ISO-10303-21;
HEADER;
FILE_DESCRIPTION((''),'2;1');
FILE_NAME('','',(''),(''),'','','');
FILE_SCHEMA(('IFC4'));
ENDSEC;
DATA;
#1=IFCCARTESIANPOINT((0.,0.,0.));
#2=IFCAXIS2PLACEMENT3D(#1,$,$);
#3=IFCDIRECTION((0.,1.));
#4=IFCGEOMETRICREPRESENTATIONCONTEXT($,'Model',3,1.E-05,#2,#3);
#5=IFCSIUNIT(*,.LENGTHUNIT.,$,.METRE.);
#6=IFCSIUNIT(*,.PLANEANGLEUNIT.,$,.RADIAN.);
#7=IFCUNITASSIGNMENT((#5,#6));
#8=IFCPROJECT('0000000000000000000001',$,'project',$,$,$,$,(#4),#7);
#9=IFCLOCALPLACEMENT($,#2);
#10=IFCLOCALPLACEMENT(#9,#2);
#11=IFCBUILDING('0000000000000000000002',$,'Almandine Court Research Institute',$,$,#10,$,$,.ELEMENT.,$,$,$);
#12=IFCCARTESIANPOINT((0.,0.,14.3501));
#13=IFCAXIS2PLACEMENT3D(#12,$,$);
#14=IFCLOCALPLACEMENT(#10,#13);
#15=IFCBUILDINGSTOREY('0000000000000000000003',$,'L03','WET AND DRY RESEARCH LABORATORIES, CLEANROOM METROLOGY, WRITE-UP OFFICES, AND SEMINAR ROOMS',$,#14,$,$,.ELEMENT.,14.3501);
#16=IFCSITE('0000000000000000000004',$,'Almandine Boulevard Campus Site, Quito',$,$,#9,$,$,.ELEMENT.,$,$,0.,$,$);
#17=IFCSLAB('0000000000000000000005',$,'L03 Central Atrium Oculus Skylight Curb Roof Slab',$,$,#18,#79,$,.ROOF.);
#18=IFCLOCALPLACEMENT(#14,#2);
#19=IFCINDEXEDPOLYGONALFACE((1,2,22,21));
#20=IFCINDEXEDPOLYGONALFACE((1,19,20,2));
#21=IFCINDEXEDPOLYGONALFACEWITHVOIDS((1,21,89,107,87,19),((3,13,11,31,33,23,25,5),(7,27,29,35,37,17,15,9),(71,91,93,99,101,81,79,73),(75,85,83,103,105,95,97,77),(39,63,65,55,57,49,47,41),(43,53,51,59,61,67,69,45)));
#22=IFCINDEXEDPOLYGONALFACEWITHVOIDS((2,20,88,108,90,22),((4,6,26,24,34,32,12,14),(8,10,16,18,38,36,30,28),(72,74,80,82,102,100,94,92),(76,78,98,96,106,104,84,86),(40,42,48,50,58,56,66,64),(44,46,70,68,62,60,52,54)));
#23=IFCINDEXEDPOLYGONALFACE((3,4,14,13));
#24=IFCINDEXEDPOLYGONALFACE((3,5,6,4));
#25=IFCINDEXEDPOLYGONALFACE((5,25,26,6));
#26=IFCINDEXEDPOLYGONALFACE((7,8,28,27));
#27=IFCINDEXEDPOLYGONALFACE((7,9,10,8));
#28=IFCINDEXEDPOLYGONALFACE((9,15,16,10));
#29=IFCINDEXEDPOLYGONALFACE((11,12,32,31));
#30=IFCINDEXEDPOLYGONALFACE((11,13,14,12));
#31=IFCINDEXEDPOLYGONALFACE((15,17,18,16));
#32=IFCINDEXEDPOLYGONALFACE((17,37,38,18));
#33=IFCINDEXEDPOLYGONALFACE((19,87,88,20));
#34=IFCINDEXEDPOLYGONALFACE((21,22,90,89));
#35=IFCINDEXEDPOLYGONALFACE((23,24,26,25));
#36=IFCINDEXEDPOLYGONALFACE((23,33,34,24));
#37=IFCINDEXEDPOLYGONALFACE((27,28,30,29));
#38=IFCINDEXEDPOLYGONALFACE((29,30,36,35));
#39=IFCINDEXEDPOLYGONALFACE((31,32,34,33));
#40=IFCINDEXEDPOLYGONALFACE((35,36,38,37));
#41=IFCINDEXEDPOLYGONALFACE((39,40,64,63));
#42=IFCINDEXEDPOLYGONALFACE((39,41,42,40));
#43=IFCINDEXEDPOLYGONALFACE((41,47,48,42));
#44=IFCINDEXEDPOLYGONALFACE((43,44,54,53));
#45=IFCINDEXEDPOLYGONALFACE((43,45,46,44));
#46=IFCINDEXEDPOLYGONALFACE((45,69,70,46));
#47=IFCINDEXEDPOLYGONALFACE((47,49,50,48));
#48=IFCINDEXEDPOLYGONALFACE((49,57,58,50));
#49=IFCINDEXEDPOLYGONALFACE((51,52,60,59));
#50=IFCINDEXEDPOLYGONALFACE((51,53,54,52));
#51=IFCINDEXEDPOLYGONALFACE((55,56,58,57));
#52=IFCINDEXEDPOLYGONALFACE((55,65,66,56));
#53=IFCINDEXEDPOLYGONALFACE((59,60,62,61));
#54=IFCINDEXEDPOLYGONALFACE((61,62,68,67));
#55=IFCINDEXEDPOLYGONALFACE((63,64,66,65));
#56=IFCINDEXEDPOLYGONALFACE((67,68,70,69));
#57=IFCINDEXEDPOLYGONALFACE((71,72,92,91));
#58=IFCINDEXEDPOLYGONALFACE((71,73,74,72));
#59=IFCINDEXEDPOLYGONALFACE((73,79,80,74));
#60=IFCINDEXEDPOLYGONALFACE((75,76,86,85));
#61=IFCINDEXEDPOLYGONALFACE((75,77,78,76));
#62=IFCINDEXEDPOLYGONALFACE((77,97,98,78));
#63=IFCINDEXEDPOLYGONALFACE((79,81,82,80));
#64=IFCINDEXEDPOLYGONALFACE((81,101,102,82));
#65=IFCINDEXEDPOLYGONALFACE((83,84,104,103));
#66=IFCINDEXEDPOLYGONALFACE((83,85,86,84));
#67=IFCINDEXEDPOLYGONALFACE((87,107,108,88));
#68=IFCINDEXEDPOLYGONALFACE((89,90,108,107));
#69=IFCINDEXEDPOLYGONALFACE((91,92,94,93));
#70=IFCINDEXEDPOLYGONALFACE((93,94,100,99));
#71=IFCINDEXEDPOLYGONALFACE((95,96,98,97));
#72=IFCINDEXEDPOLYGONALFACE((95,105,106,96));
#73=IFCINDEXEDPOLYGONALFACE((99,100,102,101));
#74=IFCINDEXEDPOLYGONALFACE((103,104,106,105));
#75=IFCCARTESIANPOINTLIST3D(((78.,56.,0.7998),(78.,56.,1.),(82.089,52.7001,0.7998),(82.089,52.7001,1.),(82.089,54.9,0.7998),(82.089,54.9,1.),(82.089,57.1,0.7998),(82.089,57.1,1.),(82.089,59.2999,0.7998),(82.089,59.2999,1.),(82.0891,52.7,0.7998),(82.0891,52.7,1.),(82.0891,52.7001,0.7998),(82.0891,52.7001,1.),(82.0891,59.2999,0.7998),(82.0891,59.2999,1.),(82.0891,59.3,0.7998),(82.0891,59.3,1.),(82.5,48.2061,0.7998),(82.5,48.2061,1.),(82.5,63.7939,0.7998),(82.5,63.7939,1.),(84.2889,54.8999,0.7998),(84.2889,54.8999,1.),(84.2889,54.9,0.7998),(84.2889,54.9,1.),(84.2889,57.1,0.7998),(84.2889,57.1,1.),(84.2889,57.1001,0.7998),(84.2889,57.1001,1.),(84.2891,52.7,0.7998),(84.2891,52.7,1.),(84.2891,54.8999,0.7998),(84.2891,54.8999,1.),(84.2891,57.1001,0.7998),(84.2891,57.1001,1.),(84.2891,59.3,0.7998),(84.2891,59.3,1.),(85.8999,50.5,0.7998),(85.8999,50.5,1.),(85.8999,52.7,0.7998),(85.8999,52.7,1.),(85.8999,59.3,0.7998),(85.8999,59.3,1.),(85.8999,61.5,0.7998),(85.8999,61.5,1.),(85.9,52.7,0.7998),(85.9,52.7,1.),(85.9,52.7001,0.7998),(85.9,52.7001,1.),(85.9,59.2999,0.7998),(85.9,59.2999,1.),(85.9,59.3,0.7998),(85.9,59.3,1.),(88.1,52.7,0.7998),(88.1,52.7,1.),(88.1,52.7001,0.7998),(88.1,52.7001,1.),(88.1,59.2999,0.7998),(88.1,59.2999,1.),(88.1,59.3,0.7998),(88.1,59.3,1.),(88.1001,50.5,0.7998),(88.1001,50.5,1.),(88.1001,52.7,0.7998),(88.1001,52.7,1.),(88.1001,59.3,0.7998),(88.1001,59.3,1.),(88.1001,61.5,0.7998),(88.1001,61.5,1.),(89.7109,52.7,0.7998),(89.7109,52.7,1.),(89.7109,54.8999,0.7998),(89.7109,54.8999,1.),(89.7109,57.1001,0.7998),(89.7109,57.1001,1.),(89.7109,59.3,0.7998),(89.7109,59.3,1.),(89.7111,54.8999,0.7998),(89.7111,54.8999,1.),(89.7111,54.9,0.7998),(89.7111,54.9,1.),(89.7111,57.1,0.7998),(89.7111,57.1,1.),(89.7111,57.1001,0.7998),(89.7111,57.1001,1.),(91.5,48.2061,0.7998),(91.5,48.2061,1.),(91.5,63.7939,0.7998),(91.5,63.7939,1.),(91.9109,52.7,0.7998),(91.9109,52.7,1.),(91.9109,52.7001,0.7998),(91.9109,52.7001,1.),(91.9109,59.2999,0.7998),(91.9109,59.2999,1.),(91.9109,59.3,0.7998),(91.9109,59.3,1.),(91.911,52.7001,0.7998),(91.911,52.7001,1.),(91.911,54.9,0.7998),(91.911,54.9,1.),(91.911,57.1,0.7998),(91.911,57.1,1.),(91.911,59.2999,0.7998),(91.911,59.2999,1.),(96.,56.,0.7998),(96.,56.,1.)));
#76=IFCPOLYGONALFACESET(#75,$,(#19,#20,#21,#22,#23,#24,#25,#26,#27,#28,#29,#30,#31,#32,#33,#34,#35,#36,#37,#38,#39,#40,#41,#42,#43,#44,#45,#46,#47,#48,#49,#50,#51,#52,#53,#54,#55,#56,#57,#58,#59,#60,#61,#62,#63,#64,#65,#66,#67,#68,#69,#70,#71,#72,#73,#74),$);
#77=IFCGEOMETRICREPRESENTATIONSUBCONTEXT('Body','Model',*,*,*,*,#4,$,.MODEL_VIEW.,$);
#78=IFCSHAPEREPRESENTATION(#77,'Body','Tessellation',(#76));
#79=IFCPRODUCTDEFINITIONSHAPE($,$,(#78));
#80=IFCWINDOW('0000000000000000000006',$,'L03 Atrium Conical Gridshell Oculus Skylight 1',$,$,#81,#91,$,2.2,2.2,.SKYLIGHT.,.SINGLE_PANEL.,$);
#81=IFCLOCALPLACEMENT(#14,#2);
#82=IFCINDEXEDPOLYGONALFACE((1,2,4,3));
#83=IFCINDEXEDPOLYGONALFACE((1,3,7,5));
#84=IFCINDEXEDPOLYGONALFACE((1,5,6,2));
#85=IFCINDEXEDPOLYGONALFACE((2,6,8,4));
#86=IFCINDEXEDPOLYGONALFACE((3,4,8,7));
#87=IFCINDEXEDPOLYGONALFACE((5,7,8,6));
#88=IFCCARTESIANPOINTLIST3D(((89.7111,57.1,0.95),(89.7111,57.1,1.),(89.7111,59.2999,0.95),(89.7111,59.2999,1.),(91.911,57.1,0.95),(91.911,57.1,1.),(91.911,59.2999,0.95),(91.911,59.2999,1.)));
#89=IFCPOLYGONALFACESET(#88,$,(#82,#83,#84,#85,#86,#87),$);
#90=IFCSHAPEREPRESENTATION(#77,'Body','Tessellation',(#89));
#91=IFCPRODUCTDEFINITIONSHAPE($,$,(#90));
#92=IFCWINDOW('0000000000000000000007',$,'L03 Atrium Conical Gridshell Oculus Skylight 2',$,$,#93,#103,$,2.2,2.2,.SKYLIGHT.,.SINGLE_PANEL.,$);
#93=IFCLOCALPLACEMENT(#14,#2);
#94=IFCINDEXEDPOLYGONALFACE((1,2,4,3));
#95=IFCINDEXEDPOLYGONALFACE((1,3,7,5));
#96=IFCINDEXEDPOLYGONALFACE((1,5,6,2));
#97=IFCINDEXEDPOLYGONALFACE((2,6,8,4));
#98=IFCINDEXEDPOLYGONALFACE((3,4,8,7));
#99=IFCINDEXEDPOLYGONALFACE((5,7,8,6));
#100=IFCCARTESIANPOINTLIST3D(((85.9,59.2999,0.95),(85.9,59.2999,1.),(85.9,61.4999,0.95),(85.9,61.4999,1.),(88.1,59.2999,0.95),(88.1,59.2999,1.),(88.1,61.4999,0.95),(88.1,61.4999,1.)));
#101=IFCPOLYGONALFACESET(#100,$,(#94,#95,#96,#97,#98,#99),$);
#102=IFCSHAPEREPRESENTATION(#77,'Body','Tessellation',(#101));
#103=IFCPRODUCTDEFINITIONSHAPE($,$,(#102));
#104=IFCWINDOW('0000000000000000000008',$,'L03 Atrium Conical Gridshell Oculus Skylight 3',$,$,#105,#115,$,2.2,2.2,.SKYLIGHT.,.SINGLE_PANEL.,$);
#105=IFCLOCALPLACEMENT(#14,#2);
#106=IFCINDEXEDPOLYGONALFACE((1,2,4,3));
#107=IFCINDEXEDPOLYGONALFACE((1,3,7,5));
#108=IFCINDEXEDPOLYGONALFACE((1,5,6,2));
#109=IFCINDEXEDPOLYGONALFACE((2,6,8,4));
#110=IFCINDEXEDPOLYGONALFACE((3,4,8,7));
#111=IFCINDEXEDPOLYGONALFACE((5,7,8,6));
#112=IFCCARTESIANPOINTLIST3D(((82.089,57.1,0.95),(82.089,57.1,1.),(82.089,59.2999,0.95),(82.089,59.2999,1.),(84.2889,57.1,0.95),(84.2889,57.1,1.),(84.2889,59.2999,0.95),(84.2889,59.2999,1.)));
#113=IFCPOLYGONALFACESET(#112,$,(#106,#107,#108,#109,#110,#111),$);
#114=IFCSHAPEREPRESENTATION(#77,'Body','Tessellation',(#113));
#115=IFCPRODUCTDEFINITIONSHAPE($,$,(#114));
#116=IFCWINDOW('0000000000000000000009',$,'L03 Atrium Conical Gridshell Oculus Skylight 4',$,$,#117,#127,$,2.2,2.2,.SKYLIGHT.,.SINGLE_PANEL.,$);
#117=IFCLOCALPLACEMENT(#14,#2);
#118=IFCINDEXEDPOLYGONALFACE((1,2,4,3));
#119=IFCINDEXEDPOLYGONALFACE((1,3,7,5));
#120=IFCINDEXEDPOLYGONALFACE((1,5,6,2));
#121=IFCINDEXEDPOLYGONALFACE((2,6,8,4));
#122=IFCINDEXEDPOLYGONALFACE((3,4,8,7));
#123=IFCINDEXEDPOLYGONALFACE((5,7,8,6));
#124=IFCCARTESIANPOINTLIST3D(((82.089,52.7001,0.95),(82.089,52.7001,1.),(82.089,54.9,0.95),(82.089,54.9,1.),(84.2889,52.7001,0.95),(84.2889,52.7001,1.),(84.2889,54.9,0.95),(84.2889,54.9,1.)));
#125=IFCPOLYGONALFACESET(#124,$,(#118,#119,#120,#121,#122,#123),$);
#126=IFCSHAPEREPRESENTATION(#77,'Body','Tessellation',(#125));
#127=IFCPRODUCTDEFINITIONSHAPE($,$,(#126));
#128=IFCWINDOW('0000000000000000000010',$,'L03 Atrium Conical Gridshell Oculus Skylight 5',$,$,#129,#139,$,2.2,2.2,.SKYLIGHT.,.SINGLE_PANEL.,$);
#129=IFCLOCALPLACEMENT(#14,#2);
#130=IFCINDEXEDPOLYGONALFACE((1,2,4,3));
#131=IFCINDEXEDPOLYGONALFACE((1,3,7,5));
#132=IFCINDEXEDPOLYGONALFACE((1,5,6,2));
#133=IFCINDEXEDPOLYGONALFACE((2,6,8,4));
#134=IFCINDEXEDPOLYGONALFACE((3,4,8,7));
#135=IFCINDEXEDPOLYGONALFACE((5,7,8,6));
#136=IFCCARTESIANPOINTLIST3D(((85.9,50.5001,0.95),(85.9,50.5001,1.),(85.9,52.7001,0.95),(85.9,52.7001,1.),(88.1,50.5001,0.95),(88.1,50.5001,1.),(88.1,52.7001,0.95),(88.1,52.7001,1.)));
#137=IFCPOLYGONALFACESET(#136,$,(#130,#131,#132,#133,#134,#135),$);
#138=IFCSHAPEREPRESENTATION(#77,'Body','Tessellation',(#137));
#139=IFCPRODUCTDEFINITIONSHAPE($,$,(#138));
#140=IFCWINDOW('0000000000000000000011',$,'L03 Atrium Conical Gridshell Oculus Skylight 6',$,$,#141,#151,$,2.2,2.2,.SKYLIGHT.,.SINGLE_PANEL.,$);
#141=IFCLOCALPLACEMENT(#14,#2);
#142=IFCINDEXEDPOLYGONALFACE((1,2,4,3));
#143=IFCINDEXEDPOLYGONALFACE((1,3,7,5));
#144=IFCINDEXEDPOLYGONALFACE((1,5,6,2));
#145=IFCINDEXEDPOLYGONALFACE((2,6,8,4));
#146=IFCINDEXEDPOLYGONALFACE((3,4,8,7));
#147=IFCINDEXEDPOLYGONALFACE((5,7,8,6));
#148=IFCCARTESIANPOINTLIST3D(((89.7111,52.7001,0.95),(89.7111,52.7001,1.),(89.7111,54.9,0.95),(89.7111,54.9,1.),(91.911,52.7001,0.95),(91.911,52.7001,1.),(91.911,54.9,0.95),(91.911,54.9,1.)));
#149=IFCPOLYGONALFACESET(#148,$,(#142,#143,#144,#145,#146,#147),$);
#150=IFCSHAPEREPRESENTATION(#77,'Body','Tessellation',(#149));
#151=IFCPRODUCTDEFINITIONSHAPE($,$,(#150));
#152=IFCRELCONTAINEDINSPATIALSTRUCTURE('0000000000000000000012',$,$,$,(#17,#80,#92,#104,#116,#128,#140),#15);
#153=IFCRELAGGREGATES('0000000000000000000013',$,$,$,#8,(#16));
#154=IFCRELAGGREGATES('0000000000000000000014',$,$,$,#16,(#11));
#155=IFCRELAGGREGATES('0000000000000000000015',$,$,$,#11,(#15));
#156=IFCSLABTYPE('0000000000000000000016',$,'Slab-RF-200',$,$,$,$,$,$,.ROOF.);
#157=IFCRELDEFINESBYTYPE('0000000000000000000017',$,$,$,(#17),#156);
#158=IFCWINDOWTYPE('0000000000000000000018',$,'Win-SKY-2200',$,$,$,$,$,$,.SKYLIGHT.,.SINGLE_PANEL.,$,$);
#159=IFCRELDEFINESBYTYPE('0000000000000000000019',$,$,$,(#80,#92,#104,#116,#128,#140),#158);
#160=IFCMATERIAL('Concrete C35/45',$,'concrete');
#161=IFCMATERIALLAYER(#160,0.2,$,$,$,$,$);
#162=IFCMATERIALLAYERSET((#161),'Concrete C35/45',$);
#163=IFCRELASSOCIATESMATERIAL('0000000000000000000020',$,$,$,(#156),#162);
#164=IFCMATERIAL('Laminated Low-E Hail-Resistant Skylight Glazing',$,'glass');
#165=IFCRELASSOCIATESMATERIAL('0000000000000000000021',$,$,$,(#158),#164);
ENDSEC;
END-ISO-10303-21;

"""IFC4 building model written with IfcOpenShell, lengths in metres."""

from ifc_helpers import new_model, si_unit, direction, frame, origin, origin_2d, place, context, subcontext, project, spatial, polyline, rectangle, outline, extrude, material, layer, layer_set, type_object, element, fill, save


model = new_model("IFC4")

# Units and contexts
model_context = context("Model", 3, precision=1e-05, world=origin(), true_north=direction((0.0, 1.0)))
body_context = subcontext(model_context, "Body", "Model", "MODEL_VIEW")
ifc_project = project(units=[si_unit("LENGTHUNIT", "METRE"), si_unit("PLANEANGLEUNIT", "RADIAN")], contexts=[model_context])

# Site, building, storey
site_placement = place(None, origin())
site = spatial("IfcSite", under=ifc_project, at=site_placement, Name="Almandine Boulevard Campus Site, Quito", CompositionType="ELEMENT", RefElevation=0.0)
building_placement = place(site_placement, origin())
building = spatial("IfcBuilding", under=site, at=building_placement, Name="Almandine Court Research Institute", CompositionType="ELEMENT")
storey_placement = place(building_placement, frame((0.0, 0.0, 14.3501)))
storey = spatial("IfcBuildingStorey", under=building, at=storey_placement, Name="L03", Description="WET AND DRY RESEARCH LABORATORIES, CLEANROOM METROLOGY, WRITE-UP OFFICES, AND SEMINAR ROOMS", CompositionType="ELEMENT", Elevation=14.3501)

# Shared definitions
ifc_material_1 = material(Name="Concrete C35/45", Category="concrete")

# Slab, openings, windows
ifc_layer_1 = layer(ifc_material_1, 0.2)
ifc_layer_set_1 = layer_set([ifc_layer_1], Name="Concrete C35/45")
slab_type_1 = type_object("IfcSlabType", Name="Slab-RF-200", PredefinedType="ROOF", material=ifc_layer_set_1)
slab_1_placement = place(storey_placement, frame((0.0, 0.0, 0.7998)))
slab_1 = element("IfcSlab", 1, at=slab_1_placement, inside=storey, type_object=slab_type_1, Name="L03 Central Atrium Oculus Skylight Curb Roof Slab", PredefinedType="ROOF", context=body_context, shape_type="SweptSolid", body=[
    extrude(outline(polyline([(96.0, 56.0), (91.5, 63.7939), (82.5, 63.7939), (78.0, 56.0), (82.5, 48.2061), (91.5, 48.2061), (96.0, 56.0)]), holes=[polyline([(89.7109, 57.1001), (91.9109, 57.1001), (91.9109, 59.3), (89.7109, 59.3), (89.7109, 57.1001)]), polyline([(85.8999, 59.3), (88.1001, 59.3), (88.1001, 61.5), (85.8999, 61.5), (85.8999, 59.3)]), polyline([(82.0891, 57.1001), (84.2891, 57.1001), (84.2891, 59.3), (82.0891, 59.3), (82.0891, 57.1001)]), polyline([(82.0891, 52.7), (84.2891, 52.7), (84.2891, 54.8999), (82.0891, 54.8999), (82.0891, 52.7)]), polyline([(85.8999, 50.5), (88.1001, 50.5), (88.1001, 52.7), (85.8999, 52.7), (85.8999, 50.5)]), polyline([(89.7109, 52.7), (91.9109, 52.7), (91.9109, 54.8999), (89.7109, 54.8999), (89.7109, 52.7)])]), origin(), (0.0, 0.0, 1.0), 0.2002),
])
opening_1_placement = place(slab_1_placement, frame((90.811, 58.2, 0.0)))
opening_1 = element("IfcOpeningElement", 2, at=opening_1_placement, cuts=slab_1, PredefinedType="OPENING", context=body_context, shape_type="SweptSolid", body=[
    extrude(rectangle(XDim=2.2, YDim=2.2, at=origin_2d()), origin(), (0.0, 0.0, 1.0), 0.2002),
])
opening_2_placement = place(slab_1_placement, frame((87.0, 60.3999, 0.0)))
opening_2 = element("IfcOpeningElement", 3, at=opening_2_placement, cuts=slab_1, PredefinedType="OPENING", context=body_context, shape_type="SweptSolid", body=[
    extrude(rectangle(XDim=2.2, YDim=2.2, at=origin_2d()), origin(), (0.0, 0.0, 1.0), 0.2002),
])
opening_3_placement = place(slab_1_placement, frame((83.189, 58.2, 0.0)))
opening_3 = element("IfcOpeningElement", 4, at=opening_3_placement, cuts=slab_1, PredefinedType="OPENING", context=body_context, shape_type="SweptSolid", body=[
    extrude(rectangle(XDim=2.2, YDim=2.2, at=origin_2d()), origin(), (0.0, 0.0, 1.0), 0.2002),
])
opening_4_placement = place(slab_1_placement, frame((83.189, 53.8, 0.0)))
opening_4 = element("IfcOpeningElement", 5, at=opening_4_placement, cuts=slab_1, PredefinedType="OPENING", context=body_context, shape_type="SweptSolid", body=[
    extrude(rectangle(XDim=2.2, YDim=2.2, at=origin_2d()), origin(), (0.0, 0.0, 1.0), 0.2002),
])
opening_5_placement = place(slab_1_placement, frame((87.0, 51.6001, 0.0)))
opening_5 = element("IfcOpeningElement", 6, at=opening_5_placement, cuts=slab_1, PredefinedType="OPENING", context=body_context, shape_type="SweptSolid", body=[
    extrude(rectangle(XDim=2.2, YDim=2.2, at=origin_2d()), origin(), (0.0, 0.0, 1.0), 0.2002),
])
opening_6_placement = place(slab_1_placement, frame((90.811, 53.8, 0.0)))
opening_6 = element("IfcOpeningElement", 7, at=opening_6_placement, cuts=slab_1, PredefinedType="OPENING", context=body_context, shape_type="SweptSolid", body=[
    extrude(rectangle(XDim=2.2, YDim=2.2, at=origin_2d()), origin(), (0.0, 0.0, 1.0), 0.2002),
])
ifc_material_2 = material(Name="Laminated Low-E Hail-Resistant Skylight Glazing", Category="glass")
window_type = type_object("IfcWindowType", Name="Win-SKY-2200", PartitioningType="SINGLE_PANEL", PredefinedType="SKYLIGHT", material=ifc_material_2)
window_1_placement = place(opening_1_placement, frame((0.0, 0.0, 0.1501)))
window_1 = element("IfcWindow", 8, at=window_1_placement, inside=storey, type_object=window_type, Name="L03 Atrium Conical Gridshell Oculus Skylight 1", OverallHeight=2.2, OverallWidth=2.2, PartitioningType="SINGLE_PANEL", PredefinedType="SKYLIGHT", context=body_context, shape_type="SweptSolid", body=[
    extrude(rectangle(XDim=2.2, YDim=2.2, at=origin_2d()), origin(), (0.0, 0.0, 1.0), 0.05),
])
fill(opening_1, window_1)
window_2_placement = place(opening_2_placement, frame((0.0, 0.0, 0.1501)))
window_2 = element("IfcWindow", 9, at=window_2_placement, inside=storey, type_object=window_type, Name="L03 Atrium Conical Gridshell Oculus Skylight 2", OverallHeight=2.2, OverallWidth=2.2, PartitioningType="SINGLE_PANEL", PredefinedType="SKYLIGHT", context=body_context, shape_type="SweptSolid", body=[
    extrude(rectangle(XDim=2.2, YDim=2.2, at=origin_2d()), origin(), (0.0, 0.0, 1.0), 0.05),
])
fill(opening_2, window_2)
window_3_placement = place(opening_3_placement, frame((0.0, 0.0, 0.1501)))
window_3 = element("IfcWindow", 10, at=window_3_placement, inside=storey, type_object=window_type, Name="L03 Atrium Conical Gridshell Oculus Skylight 3", OverallHeight=2.2, OverallWidth=2.2, PartitioningType="SINGLE_PANEL", PredefinedType="SKYLIGHT", context=body_context, shape_type="SweptSolid", body=[
    extrude(rectangle(XDim=2.2, YDim=2.2, at=origin_2d()), origin(), (0.0, 0.0, 1.0), 0.05),
])
fill(opening_3, window_3)
window_4_placement = place(opening_4_placement, frame((0.0, 0.0, 0.1501)))
window_4 = element("IfcWindow", 11, at=window_4_placement, inside=storey, type_object=window_type, Name="L03 Atrium Conical Gridshell Oculus Skylight 4", OverallHeight=2.2, OverallWidth=2.2, PartitioningType="SINGLE_PANEL", PredefinedType="SKYLIGHT", context=body_context, shape_type="SweptSolid", body=[
    extrude(rectangle(XDim=2.2, YDim=2.2, at=origin_2d()), origin(), (0.0, 0.0, 1.0), 0.05),
])
fill(opening_4, window_4)
window_5_placement = place(opening_5_placement, frame((0.0, 0.0, 0.1501)))
window_5 = element("IfcWindow", 12, at=window_5_placement, inside=storey, type_object=window_type, Name="L03 Atrium Conical Gridshell Oculus Skylight 5", OverallHeight=2.2, OverallWidth=2.2, PartitioningType="SINGLE_PANEL", PredefinedType="SKYLIGHT", context=body_context, shape_type="SweptSolid", body=[
    extrude(rectangle(XDim=2.2, YDim=2.2, at=origin_2d()), origin(), (0.0, 0.0, 1.0), 0.05),
])
fill(opening_5, window_5)
window_6_placement = place(opening_6_placement, frame((0.0, 0.0, 0.1501)))
window_6 = element("IfcWindow", 13, at=window_6_placement, inside=storey, type_object=window_type, Name="L03 Atrium Conical Gridshell Oculus Skylight 6", OverallHeight=2.2, OverallWidth=2.2, PartitioningType="SINGLE_PANEL", PredefinedType="SKYLIGHT", context=body_context, shape_type="SweptSolid", body=[
    extrude(rectangle(XDim=2.2, YDim=2.2, at=origin_2d()), origin(), (0.0, 0.0, 1.0), 0.05),
])
fill(opening_6, window_6)

save(model, "model.ifc")
